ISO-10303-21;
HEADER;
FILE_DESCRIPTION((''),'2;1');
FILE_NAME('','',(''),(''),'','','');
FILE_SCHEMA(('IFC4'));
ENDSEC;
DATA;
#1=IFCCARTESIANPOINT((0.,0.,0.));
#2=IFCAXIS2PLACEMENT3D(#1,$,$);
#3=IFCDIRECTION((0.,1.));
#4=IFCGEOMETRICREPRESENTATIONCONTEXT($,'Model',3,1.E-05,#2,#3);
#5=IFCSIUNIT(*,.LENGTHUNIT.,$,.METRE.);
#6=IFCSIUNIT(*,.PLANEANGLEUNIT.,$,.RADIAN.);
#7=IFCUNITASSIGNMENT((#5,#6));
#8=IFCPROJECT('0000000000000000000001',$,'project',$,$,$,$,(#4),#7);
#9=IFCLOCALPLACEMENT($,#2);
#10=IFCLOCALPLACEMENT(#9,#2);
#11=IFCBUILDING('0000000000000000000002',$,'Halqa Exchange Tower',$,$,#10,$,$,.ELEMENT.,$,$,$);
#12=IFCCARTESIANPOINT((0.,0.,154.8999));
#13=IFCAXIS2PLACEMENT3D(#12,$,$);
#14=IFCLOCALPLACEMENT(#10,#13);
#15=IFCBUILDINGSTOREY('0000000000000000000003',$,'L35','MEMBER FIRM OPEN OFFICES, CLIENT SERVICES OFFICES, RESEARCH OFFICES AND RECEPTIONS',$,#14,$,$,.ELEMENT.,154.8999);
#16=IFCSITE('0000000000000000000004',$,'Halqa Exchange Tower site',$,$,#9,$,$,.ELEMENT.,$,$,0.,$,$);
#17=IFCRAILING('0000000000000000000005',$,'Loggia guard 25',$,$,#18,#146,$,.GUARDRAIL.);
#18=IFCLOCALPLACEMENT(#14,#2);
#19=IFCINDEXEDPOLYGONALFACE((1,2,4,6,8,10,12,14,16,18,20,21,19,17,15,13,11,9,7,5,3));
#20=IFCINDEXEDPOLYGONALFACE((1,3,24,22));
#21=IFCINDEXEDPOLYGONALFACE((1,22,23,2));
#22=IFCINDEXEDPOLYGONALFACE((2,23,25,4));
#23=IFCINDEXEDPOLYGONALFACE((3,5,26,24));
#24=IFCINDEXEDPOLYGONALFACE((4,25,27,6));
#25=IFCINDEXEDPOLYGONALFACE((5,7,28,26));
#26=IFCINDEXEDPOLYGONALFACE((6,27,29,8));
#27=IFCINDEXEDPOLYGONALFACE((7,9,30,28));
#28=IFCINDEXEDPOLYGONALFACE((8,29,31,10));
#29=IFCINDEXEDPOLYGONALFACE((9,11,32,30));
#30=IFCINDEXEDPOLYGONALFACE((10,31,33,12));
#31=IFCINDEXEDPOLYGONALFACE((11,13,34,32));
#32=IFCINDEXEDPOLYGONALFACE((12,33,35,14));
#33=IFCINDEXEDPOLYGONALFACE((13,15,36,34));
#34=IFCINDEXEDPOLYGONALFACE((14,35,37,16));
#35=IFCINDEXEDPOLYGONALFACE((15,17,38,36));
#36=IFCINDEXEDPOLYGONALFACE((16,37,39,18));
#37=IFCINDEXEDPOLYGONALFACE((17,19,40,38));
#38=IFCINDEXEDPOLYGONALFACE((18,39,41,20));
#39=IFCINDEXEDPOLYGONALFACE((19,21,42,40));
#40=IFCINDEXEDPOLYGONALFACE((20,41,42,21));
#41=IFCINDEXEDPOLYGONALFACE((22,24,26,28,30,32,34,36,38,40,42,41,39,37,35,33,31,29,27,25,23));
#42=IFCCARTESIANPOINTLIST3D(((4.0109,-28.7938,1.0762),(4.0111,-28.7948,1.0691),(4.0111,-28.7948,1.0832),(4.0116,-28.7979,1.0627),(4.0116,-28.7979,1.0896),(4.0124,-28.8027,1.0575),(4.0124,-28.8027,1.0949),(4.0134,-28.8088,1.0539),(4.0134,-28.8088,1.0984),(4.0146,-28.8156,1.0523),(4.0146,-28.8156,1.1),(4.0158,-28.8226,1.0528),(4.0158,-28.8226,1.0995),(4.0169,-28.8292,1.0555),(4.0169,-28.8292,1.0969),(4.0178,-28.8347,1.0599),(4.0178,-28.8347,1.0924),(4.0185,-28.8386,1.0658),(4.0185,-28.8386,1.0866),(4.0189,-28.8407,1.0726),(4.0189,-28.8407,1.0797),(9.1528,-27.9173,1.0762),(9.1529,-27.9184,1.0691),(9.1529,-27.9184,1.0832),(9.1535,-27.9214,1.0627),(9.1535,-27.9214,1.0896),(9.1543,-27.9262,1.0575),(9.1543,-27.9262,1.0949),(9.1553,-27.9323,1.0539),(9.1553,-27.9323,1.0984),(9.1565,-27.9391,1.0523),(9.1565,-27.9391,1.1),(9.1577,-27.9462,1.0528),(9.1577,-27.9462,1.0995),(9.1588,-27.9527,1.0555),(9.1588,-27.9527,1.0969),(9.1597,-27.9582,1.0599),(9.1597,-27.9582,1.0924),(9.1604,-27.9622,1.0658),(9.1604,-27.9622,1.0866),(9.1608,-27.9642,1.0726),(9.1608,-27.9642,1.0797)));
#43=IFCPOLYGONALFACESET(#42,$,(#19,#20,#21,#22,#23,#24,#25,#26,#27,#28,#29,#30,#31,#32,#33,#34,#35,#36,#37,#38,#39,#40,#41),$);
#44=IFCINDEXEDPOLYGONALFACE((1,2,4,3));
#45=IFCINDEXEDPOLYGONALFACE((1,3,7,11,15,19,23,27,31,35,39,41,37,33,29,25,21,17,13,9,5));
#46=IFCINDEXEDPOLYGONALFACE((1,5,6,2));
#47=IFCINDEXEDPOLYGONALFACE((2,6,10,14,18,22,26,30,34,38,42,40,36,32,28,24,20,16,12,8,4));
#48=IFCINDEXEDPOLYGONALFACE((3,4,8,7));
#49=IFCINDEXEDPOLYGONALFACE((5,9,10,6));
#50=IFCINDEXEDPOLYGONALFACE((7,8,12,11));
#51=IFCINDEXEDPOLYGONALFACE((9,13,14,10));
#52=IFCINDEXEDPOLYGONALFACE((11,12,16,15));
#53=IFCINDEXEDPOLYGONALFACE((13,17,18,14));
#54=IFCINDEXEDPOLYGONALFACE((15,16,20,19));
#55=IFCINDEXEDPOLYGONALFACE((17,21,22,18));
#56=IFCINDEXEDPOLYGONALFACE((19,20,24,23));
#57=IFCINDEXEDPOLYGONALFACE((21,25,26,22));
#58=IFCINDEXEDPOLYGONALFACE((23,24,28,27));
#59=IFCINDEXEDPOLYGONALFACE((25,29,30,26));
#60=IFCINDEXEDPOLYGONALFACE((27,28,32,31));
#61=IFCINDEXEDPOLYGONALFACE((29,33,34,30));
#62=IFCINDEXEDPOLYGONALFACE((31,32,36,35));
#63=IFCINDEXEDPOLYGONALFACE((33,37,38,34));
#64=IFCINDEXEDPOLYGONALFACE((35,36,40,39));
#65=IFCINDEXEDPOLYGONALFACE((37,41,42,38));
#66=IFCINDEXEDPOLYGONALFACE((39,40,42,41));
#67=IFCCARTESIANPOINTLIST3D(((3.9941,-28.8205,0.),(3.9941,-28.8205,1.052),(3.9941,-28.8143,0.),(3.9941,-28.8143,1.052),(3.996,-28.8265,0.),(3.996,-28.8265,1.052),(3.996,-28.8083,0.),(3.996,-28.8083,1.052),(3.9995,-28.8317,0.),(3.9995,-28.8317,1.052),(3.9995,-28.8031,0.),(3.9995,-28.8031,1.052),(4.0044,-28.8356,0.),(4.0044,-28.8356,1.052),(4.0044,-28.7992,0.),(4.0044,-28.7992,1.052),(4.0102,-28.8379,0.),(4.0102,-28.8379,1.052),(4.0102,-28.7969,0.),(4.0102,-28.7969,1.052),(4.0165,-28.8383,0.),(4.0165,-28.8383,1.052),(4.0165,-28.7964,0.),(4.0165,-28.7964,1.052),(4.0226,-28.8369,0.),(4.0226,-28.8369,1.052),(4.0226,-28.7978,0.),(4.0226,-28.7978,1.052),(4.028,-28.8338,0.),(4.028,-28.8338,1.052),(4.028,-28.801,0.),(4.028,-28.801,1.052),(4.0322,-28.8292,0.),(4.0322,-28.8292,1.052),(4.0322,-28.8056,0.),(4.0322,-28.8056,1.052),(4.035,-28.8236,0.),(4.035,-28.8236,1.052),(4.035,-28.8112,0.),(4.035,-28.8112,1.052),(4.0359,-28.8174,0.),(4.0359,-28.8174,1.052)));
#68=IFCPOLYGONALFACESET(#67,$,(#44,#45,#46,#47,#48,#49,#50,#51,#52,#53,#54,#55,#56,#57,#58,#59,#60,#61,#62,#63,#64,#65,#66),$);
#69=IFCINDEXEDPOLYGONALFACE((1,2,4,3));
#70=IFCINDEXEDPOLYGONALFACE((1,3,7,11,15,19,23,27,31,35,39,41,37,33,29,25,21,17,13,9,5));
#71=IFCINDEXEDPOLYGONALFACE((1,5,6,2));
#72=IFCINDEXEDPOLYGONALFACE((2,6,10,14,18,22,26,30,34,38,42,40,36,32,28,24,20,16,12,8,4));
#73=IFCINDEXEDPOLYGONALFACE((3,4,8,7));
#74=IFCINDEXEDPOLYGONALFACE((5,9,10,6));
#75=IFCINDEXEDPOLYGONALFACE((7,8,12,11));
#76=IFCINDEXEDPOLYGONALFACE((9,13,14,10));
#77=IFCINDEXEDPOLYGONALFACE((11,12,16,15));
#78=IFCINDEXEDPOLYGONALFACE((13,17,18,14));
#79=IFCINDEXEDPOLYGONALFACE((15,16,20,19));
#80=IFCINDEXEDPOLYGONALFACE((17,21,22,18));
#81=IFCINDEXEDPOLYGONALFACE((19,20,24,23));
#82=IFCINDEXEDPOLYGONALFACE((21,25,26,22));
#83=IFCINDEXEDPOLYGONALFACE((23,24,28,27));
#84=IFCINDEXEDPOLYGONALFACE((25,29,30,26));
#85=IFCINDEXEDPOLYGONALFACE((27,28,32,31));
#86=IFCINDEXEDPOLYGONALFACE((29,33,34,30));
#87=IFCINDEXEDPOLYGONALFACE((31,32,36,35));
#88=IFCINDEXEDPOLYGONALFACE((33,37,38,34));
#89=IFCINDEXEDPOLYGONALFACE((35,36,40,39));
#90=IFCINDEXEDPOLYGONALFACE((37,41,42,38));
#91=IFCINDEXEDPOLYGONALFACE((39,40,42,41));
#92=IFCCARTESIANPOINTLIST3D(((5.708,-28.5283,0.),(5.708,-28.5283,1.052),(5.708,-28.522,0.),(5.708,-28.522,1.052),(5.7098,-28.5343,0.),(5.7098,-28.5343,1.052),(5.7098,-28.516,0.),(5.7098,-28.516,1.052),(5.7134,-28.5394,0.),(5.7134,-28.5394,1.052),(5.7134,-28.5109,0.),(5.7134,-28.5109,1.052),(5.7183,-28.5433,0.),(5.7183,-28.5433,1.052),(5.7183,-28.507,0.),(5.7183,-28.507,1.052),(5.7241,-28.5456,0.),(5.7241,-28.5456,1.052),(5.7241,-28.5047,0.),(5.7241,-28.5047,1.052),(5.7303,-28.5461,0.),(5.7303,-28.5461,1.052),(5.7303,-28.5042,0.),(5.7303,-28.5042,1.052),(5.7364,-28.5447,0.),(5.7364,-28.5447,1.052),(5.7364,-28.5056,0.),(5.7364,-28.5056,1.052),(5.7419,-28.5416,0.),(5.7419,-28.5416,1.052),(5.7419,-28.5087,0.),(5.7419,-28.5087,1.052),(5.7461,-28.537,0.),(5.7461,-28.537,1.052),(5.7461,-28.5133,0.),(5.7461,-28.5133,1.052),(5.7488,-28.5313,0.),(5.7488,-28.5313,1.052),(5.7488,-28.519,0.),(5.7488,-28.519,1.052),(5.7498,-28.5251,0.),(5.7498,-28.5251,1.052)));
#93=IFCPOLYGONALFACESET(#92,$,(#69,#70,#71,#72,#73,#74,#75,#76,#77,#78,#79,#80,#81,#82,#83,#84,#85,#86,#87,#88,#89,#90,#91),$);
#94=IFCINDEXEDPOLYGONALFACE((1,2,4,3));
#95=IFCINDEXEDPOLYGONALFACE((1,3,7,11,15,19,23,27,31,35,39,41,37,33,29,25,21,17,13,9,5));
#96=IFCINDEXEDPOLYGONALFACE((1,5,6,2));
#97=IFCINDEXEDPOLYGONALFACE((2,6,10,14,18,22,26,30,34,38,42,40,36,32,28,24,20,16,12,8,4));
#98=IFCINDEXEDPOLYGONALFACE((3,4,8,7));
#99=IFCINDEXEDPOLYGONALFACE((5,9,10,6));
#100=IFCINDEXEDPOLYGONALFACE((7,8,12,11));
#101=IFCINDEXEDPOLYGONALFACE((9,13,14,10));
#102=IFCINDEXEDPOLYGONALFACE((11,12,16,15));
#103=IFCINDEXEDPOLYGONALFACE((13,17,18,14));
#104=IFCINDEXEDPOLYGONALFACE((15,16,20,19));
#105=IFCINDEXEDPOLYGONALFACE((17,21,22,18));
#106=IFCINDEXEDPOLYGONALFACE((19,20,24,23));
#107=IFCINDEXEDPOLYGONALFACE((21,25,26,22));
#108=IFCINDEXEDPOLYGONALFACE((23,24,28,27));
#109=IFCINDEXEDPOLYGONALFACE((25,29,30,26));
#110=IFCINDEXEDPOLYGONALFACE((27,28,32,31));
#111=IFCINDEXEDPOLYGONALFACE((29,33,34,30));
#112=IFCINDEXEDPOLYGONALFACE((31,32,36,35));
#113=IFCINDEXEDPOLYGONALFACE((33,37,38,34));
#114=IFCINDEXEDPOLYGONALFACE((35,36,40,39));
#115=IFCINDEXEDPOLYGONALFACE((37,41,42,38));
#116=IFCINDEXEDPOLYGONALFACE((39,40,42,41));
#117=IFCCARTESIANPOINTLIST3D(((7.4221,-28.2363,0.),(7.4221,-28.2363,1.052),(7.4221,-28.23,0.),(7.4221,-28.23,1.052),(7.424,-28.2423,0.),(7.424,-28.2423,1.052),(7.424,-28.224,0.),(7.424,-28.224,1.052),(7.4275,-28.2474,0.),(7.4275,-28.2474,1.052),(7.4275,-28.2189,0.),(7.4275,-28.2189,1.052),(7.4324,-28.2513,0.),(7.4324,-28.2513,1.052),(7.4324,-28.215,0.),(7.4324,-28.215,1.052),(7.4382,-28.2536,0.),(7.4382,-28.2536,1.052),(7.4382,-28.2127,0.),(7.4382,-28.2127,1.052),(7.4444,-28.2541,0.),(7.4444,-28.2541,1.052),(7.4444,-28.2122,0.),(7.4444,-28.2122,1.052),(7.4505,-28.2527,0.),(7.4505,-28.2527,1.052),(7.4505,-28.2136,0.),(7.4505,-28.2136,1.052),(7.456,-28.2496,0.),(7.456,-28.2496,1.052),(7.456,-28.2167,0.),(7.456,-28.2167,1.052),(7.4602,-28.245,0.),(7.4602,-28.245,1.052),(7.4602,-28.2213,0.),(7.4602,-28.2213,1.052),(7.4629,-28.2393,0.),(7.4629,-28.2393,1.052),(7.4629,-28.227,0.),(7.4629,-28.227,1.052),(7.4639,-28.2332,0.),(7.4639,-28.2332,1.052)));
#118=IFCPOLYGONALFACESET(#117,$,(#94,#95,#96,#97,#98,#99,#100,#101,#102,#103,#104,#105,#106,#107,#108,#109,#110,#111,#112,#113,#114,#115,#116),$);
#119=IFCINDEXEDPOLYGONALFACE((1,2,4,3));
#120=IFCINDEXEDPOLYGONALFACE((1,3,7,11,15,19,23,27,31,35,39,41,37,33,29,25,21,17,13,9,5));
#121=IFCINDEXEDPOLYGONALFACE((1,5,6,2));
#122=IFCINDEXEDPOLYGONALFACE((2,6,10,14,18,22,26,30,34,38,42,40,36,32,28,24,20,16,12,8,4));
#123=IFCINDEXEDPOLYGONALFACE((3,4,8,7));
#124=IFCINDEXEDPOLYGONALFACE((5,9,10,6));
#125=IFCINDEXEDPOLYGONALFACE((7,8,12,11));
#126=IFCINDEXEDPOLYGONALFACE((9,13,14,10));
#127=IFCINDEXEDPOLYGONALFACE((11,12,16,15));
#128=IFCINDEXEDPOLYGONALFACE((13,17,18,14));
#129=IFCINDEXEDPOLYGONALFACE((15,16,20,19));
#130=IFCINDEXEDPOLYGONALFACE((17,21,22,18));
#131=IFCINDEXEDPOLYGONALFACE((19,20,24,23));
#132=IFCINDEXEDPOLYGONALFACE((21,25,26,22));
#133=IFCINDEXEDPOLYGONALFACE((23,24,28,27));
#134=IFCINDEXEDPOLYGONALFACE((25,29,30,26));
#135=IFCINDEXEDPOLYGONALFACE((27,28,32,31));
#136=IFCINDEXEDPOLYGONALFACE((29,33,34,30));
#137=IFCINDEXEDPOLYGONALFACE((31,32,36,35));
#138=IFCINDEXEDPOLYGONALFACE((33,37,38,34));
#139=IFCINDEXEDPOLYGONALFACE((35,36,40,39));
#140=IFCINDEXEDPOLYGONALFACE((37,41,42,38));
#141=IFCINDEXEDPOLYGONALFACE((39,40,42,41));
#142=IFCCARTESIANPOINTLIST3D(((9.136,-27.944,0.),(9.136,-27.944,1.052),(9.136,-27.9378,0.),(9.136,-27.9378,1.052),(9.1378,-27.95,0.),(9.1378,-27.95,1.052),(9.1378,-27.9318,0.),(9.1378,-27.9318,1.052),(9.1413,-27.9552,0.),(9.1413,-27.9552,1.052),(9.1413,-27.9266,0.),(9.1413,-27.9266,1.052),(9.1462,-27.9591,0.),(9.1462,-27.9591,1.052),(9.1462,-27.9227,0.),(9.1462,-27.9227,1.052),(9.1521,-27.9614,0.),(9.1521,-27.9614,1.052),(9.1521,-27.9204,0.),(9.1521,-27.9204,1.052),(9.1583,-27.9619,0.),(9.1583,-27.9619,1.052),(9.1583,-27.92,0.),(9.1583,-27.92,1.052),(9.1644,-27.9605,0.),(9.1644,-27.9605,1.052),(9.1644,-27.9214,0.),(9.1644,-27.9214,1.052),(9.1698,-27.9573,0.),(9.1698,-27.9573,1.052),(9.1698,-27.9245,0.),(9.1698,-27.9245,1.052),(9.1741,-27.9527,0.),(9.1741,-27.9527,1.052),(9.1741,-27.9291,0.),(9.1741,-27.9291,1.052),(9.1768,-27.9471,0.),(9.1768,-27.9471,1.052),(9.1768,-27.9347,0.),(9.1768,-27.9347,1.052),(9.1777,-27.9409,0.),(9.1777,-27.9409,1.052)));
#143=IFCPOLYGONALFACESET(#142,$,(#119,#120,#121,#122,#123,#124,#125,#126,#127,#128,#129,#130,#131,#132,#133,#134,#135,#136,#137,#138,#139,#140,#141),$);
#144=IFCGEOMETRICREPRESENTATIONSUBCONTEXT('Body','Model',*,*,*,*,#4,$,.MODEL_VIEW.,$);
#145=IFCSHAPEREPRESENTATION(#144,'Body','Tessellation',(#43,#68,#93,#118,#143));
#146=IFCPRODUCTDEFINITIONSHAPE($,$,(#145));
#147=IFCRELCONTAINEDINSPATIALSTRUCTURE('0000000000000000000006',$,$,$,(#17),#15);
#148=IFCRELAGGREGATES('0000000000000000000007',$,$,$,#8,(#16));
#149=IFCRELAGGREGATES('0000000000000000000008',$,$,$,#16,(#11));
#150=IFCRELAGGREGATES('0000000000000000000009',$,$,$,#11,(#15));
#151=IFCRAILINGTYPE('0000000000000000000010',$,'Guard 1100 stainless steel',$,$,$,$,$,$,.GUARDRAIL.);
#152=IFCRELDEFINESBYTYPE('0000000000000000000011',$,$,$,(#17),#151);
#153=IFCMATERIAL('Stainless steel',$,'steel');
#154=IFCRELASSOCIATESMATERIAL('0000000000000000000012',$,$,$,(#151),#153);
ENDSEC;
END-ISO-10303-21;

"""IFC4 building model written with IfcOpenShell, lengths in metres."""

from ifc_helpers import new_model, si_unit, direction, frame, origin, origin_2d, place, context, subcontext, project, spatial, circle, extrude, material, type_object, element, save


model = new_model("IFC4")

# Units and contexts
model_context = context("Model", 3, precision=1e-05, world=origin(), true_north=direction((0.0, 1.0)))
body_context = subcontext(model_context, "Body", "Model", "MODEL_VIEW")
ifc_project = project(units=[si_unit("LENGTHUNIT", "METRE"), si_unit("PLANEANGLEUNIT", "RADIAN")], contexts=[model_context])

# Site, building, storey
site_placement = place(None, origin())
site = spatial("IfcSite", under=ifc_project, at=site_placement, Name="Halqa Exchange Tower site", CompositionType="ELEMENT", RefElevation=0.0)
building_placement = place(site_placement, origin())
building = spatial("IfcBuilding", under=site, at=building_placement, Name="Halqa Exchange Tower", CompositionType="ELEMENT")
storey_placement = place(building_placement, frame((0.0, 0.0, 154.8999)))
storey = spatial("IfcBuildingStorey", under=building, at=storey_placement, Name="L35", Description="MEMBER FIRM OPEN OFFICES, CLIENT SERVICES OFFICES, RESEARCH OFFICES AND RECEPTIONS", CompositionType="ELEMENT", Elevation=154.8999)

# Railing
ifc_material_1 = material(Name="Stainless steel", Category="steel")
railing_type_1 = type_object("IfcRailingType", Name="Guard 1100 stainless steel", PredefinedType="GUARDRAIL", material=ifc_material_1)
railing_1_placement = place(storey_placement, frame((4.0149, -28.8174, 0.0)))
element("IfcRailing", 1, at=railing_1_placement, inside=storey, type_object=railing_type_1, Name="Loggia guard 25", PredefinedType="GUARDRAIL", context=body_context, shape_type="SweptSolid", body=[
    extrude(circle(Radius=0.0239, at=origin_2d()), frame((0.0, 0.0, 1.0762), z_axis=(0.985781, 0.168034, 0.0), x_axis=(-0.168034, 0.985781, 0.0)), (0.0, 0.0, 1.0), 5.2161),
    extrude(circle(Radius=0.021, at=origin_2d()), origin(), (0.0, 0.0, 1.0), 1.052),
    extrude(circle(Radius=0.021, at=origin_2d()), frame((1.7139, 0.2922, 0.0)), (0.0, 0.0, 1.0), 1.052),
    extrude(circle(Radius=0.021, at=origin_2d()), frame((3.428, 0.5842, 0.0)), (0.0, 0.0, 1.0), 1.052),
    extrude(circle(Radius=0.021, at=origin_2d()), frame((5.1418, 0.8765, 0.0)), (0.0, 0.0, 1.0), 1.052),
])

save(model, "model.ifc")
